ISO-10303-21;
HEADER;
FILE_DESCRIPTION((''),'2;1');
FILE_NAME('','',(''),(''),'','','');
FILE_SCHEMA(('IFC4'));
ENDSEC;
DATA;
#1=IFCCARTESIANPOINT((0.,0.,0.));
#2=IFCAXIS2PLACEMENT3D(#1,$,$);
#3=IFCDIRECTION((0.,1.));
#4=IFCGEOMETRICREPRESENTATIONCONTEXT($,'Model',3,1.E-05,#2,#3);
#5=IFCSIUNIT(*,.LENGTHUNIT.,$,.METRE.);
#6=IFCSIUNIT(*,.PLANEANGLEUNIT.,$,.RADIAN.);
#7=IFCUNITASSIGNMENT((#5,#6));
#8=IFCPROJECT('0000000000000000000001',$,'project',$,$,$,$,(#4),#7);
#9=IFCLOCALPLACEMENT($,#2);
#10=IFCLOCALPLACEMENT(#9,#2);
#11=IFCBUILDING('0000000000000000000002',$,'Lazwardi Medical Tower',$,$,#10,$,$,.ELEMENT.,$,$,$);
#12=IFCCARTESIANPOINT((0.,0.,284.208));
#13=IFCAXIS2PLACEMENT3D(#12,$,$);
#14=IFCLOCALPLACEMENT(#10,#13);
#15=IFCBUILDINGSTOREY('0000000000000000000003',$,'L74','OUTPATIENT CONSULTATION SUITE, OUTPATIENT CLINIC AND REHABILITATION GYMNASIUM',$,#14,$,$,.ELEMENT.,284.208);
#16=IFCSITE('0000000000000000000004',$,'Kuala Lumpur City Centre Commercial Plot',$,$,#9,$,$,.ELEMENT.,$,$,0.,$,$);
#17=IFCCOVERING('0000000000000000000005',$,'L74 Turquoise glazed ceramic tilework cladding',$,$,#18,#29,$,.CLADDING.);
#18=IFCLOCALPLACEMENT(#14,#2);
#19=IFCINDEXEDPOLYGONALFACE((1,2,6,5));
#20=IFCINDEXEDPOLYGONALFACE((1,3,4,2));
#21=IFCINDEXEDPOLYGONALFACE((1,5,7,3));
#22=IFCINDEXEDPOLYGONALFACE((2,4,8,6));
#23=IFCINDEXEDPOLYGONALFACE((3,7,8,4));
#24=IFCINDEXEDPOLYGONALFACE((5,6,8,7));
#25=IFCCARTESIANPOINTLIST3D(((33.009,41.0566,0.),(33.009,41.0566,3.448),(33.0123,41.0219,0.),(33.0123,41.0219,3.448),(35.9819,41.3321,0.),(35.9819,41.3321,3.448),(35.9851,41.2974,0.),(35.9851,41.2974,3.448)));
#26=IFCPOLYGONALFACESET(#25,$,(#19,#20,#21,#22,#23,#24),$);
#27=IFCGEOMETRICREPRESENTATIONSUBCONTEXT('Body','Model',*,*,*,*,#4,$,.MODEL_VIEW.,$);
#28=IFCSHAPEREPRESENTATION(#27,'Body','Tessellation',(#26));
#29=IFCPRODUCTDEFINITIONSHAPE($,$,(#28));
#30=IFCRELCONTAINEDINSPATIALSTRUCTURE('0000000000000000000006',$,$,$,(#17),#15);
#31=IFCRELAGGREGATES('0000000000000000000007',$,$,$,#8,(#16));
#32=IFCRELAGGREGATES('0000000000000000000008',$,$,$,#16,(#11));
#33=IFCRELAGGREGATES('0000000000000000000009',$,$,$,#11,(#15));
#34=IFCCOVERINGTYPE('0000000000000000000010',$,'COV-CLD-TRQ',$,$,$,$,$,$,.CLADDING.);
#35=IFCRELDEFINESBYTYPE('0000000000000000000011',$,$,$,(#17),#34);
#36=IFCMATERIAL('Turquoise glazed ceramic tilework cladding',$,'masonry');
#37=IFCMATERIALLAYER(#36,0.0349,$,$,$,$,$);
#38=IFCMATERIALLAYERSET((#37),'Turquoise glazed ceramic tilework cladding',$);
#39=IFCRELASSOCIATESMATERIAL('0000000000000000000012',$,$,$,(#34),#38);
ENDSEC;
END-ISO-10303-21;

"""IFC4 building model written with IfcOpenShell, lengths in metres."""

from ifc_helpers import new_model, si_unit, direction, frame, origin, origin_2d, place, context, subcontext, project, spatial, rectangle, extrude, material, layer, layer_set, type_object, element, save


model = new_model("IFC4")

# Units and contexts
model_context = context("Model", 3, precision=1e-05, world=origin(), true_north=direction((0.0, 1.0)))
body_context = subcontext(model_context, "Body", "Model", "MODEL_VIEW")
ifc_project = project(units=[si_unit("LENGTHUNIT", "METRE"), si_unit("PLANEANGLEUNIT", "RADIAN")], contexts=[model_context])

# Site, building, storey
site_placement = place(None, origin())
site = spatial("IfcSite", under=ifc_project, at=site_placement, Name="Kuala Lumpur City Centre Commercial Plot", CompositionType="ELEMENT", RefElevation=0.0)
building_placement = place(site_placement, origin())
building = spatial("IfcBuilding", under=site, at=building_placement, Name="Lazwardi Medical Tower", CompositionType="ELEMENT")
storey_placement = place(building_placement, frame((0.0, 0.0, 284.208)))
storey = spatial("IfcBuildingStorey", under=building, at=storey_placement, Name="L74", Description="OUTPATIENT CONSULTATION SUITE, OUTPATIENT CLINIC AND REHABILITATION GYMNASIUM", CompositionType="ELEMENT", Elevation=284.208)

# Covering
ifc_material_1 = material(Name="Turquoise glazed ceramic tilework cladding", Category="masonry")
ifc_layer_1 = layer(ifc_material_1, 0.0349)
ifc_layer_set_1 = layer_set([ifc_layer_1], Name="Turquoise glazed ceramic tilework cladding")
covering_type_1 = type_object("IfcCoveringType", Name="COV-CLD-TRQ", PredefinedType="CLADDING", material=ifc_layer_set_1)
covering_1_placement = place(storey_placement, frame((34.4971, 41.177, 0.0), z_axis=(0.0, 0.0, 1.0), x_axis=(-0.995734, -0.092275, 0.0)))
element("IfcCovering", 1, at=covering_1_placement, inside=storey, type_object=covering_type_1, Name="L74 Turquoise glazed ceramic tilework cladding", PredefinedType="CLADDING", context=body_context, shape_type="SweptSolid", body=[
    extrude(rectangle(XDim=2.9856, YDim=0.0349, at=origin_2d()), origin(), (0.0, 0.0, 1.0), 3.448),
])

save(model, "model.ifc")
